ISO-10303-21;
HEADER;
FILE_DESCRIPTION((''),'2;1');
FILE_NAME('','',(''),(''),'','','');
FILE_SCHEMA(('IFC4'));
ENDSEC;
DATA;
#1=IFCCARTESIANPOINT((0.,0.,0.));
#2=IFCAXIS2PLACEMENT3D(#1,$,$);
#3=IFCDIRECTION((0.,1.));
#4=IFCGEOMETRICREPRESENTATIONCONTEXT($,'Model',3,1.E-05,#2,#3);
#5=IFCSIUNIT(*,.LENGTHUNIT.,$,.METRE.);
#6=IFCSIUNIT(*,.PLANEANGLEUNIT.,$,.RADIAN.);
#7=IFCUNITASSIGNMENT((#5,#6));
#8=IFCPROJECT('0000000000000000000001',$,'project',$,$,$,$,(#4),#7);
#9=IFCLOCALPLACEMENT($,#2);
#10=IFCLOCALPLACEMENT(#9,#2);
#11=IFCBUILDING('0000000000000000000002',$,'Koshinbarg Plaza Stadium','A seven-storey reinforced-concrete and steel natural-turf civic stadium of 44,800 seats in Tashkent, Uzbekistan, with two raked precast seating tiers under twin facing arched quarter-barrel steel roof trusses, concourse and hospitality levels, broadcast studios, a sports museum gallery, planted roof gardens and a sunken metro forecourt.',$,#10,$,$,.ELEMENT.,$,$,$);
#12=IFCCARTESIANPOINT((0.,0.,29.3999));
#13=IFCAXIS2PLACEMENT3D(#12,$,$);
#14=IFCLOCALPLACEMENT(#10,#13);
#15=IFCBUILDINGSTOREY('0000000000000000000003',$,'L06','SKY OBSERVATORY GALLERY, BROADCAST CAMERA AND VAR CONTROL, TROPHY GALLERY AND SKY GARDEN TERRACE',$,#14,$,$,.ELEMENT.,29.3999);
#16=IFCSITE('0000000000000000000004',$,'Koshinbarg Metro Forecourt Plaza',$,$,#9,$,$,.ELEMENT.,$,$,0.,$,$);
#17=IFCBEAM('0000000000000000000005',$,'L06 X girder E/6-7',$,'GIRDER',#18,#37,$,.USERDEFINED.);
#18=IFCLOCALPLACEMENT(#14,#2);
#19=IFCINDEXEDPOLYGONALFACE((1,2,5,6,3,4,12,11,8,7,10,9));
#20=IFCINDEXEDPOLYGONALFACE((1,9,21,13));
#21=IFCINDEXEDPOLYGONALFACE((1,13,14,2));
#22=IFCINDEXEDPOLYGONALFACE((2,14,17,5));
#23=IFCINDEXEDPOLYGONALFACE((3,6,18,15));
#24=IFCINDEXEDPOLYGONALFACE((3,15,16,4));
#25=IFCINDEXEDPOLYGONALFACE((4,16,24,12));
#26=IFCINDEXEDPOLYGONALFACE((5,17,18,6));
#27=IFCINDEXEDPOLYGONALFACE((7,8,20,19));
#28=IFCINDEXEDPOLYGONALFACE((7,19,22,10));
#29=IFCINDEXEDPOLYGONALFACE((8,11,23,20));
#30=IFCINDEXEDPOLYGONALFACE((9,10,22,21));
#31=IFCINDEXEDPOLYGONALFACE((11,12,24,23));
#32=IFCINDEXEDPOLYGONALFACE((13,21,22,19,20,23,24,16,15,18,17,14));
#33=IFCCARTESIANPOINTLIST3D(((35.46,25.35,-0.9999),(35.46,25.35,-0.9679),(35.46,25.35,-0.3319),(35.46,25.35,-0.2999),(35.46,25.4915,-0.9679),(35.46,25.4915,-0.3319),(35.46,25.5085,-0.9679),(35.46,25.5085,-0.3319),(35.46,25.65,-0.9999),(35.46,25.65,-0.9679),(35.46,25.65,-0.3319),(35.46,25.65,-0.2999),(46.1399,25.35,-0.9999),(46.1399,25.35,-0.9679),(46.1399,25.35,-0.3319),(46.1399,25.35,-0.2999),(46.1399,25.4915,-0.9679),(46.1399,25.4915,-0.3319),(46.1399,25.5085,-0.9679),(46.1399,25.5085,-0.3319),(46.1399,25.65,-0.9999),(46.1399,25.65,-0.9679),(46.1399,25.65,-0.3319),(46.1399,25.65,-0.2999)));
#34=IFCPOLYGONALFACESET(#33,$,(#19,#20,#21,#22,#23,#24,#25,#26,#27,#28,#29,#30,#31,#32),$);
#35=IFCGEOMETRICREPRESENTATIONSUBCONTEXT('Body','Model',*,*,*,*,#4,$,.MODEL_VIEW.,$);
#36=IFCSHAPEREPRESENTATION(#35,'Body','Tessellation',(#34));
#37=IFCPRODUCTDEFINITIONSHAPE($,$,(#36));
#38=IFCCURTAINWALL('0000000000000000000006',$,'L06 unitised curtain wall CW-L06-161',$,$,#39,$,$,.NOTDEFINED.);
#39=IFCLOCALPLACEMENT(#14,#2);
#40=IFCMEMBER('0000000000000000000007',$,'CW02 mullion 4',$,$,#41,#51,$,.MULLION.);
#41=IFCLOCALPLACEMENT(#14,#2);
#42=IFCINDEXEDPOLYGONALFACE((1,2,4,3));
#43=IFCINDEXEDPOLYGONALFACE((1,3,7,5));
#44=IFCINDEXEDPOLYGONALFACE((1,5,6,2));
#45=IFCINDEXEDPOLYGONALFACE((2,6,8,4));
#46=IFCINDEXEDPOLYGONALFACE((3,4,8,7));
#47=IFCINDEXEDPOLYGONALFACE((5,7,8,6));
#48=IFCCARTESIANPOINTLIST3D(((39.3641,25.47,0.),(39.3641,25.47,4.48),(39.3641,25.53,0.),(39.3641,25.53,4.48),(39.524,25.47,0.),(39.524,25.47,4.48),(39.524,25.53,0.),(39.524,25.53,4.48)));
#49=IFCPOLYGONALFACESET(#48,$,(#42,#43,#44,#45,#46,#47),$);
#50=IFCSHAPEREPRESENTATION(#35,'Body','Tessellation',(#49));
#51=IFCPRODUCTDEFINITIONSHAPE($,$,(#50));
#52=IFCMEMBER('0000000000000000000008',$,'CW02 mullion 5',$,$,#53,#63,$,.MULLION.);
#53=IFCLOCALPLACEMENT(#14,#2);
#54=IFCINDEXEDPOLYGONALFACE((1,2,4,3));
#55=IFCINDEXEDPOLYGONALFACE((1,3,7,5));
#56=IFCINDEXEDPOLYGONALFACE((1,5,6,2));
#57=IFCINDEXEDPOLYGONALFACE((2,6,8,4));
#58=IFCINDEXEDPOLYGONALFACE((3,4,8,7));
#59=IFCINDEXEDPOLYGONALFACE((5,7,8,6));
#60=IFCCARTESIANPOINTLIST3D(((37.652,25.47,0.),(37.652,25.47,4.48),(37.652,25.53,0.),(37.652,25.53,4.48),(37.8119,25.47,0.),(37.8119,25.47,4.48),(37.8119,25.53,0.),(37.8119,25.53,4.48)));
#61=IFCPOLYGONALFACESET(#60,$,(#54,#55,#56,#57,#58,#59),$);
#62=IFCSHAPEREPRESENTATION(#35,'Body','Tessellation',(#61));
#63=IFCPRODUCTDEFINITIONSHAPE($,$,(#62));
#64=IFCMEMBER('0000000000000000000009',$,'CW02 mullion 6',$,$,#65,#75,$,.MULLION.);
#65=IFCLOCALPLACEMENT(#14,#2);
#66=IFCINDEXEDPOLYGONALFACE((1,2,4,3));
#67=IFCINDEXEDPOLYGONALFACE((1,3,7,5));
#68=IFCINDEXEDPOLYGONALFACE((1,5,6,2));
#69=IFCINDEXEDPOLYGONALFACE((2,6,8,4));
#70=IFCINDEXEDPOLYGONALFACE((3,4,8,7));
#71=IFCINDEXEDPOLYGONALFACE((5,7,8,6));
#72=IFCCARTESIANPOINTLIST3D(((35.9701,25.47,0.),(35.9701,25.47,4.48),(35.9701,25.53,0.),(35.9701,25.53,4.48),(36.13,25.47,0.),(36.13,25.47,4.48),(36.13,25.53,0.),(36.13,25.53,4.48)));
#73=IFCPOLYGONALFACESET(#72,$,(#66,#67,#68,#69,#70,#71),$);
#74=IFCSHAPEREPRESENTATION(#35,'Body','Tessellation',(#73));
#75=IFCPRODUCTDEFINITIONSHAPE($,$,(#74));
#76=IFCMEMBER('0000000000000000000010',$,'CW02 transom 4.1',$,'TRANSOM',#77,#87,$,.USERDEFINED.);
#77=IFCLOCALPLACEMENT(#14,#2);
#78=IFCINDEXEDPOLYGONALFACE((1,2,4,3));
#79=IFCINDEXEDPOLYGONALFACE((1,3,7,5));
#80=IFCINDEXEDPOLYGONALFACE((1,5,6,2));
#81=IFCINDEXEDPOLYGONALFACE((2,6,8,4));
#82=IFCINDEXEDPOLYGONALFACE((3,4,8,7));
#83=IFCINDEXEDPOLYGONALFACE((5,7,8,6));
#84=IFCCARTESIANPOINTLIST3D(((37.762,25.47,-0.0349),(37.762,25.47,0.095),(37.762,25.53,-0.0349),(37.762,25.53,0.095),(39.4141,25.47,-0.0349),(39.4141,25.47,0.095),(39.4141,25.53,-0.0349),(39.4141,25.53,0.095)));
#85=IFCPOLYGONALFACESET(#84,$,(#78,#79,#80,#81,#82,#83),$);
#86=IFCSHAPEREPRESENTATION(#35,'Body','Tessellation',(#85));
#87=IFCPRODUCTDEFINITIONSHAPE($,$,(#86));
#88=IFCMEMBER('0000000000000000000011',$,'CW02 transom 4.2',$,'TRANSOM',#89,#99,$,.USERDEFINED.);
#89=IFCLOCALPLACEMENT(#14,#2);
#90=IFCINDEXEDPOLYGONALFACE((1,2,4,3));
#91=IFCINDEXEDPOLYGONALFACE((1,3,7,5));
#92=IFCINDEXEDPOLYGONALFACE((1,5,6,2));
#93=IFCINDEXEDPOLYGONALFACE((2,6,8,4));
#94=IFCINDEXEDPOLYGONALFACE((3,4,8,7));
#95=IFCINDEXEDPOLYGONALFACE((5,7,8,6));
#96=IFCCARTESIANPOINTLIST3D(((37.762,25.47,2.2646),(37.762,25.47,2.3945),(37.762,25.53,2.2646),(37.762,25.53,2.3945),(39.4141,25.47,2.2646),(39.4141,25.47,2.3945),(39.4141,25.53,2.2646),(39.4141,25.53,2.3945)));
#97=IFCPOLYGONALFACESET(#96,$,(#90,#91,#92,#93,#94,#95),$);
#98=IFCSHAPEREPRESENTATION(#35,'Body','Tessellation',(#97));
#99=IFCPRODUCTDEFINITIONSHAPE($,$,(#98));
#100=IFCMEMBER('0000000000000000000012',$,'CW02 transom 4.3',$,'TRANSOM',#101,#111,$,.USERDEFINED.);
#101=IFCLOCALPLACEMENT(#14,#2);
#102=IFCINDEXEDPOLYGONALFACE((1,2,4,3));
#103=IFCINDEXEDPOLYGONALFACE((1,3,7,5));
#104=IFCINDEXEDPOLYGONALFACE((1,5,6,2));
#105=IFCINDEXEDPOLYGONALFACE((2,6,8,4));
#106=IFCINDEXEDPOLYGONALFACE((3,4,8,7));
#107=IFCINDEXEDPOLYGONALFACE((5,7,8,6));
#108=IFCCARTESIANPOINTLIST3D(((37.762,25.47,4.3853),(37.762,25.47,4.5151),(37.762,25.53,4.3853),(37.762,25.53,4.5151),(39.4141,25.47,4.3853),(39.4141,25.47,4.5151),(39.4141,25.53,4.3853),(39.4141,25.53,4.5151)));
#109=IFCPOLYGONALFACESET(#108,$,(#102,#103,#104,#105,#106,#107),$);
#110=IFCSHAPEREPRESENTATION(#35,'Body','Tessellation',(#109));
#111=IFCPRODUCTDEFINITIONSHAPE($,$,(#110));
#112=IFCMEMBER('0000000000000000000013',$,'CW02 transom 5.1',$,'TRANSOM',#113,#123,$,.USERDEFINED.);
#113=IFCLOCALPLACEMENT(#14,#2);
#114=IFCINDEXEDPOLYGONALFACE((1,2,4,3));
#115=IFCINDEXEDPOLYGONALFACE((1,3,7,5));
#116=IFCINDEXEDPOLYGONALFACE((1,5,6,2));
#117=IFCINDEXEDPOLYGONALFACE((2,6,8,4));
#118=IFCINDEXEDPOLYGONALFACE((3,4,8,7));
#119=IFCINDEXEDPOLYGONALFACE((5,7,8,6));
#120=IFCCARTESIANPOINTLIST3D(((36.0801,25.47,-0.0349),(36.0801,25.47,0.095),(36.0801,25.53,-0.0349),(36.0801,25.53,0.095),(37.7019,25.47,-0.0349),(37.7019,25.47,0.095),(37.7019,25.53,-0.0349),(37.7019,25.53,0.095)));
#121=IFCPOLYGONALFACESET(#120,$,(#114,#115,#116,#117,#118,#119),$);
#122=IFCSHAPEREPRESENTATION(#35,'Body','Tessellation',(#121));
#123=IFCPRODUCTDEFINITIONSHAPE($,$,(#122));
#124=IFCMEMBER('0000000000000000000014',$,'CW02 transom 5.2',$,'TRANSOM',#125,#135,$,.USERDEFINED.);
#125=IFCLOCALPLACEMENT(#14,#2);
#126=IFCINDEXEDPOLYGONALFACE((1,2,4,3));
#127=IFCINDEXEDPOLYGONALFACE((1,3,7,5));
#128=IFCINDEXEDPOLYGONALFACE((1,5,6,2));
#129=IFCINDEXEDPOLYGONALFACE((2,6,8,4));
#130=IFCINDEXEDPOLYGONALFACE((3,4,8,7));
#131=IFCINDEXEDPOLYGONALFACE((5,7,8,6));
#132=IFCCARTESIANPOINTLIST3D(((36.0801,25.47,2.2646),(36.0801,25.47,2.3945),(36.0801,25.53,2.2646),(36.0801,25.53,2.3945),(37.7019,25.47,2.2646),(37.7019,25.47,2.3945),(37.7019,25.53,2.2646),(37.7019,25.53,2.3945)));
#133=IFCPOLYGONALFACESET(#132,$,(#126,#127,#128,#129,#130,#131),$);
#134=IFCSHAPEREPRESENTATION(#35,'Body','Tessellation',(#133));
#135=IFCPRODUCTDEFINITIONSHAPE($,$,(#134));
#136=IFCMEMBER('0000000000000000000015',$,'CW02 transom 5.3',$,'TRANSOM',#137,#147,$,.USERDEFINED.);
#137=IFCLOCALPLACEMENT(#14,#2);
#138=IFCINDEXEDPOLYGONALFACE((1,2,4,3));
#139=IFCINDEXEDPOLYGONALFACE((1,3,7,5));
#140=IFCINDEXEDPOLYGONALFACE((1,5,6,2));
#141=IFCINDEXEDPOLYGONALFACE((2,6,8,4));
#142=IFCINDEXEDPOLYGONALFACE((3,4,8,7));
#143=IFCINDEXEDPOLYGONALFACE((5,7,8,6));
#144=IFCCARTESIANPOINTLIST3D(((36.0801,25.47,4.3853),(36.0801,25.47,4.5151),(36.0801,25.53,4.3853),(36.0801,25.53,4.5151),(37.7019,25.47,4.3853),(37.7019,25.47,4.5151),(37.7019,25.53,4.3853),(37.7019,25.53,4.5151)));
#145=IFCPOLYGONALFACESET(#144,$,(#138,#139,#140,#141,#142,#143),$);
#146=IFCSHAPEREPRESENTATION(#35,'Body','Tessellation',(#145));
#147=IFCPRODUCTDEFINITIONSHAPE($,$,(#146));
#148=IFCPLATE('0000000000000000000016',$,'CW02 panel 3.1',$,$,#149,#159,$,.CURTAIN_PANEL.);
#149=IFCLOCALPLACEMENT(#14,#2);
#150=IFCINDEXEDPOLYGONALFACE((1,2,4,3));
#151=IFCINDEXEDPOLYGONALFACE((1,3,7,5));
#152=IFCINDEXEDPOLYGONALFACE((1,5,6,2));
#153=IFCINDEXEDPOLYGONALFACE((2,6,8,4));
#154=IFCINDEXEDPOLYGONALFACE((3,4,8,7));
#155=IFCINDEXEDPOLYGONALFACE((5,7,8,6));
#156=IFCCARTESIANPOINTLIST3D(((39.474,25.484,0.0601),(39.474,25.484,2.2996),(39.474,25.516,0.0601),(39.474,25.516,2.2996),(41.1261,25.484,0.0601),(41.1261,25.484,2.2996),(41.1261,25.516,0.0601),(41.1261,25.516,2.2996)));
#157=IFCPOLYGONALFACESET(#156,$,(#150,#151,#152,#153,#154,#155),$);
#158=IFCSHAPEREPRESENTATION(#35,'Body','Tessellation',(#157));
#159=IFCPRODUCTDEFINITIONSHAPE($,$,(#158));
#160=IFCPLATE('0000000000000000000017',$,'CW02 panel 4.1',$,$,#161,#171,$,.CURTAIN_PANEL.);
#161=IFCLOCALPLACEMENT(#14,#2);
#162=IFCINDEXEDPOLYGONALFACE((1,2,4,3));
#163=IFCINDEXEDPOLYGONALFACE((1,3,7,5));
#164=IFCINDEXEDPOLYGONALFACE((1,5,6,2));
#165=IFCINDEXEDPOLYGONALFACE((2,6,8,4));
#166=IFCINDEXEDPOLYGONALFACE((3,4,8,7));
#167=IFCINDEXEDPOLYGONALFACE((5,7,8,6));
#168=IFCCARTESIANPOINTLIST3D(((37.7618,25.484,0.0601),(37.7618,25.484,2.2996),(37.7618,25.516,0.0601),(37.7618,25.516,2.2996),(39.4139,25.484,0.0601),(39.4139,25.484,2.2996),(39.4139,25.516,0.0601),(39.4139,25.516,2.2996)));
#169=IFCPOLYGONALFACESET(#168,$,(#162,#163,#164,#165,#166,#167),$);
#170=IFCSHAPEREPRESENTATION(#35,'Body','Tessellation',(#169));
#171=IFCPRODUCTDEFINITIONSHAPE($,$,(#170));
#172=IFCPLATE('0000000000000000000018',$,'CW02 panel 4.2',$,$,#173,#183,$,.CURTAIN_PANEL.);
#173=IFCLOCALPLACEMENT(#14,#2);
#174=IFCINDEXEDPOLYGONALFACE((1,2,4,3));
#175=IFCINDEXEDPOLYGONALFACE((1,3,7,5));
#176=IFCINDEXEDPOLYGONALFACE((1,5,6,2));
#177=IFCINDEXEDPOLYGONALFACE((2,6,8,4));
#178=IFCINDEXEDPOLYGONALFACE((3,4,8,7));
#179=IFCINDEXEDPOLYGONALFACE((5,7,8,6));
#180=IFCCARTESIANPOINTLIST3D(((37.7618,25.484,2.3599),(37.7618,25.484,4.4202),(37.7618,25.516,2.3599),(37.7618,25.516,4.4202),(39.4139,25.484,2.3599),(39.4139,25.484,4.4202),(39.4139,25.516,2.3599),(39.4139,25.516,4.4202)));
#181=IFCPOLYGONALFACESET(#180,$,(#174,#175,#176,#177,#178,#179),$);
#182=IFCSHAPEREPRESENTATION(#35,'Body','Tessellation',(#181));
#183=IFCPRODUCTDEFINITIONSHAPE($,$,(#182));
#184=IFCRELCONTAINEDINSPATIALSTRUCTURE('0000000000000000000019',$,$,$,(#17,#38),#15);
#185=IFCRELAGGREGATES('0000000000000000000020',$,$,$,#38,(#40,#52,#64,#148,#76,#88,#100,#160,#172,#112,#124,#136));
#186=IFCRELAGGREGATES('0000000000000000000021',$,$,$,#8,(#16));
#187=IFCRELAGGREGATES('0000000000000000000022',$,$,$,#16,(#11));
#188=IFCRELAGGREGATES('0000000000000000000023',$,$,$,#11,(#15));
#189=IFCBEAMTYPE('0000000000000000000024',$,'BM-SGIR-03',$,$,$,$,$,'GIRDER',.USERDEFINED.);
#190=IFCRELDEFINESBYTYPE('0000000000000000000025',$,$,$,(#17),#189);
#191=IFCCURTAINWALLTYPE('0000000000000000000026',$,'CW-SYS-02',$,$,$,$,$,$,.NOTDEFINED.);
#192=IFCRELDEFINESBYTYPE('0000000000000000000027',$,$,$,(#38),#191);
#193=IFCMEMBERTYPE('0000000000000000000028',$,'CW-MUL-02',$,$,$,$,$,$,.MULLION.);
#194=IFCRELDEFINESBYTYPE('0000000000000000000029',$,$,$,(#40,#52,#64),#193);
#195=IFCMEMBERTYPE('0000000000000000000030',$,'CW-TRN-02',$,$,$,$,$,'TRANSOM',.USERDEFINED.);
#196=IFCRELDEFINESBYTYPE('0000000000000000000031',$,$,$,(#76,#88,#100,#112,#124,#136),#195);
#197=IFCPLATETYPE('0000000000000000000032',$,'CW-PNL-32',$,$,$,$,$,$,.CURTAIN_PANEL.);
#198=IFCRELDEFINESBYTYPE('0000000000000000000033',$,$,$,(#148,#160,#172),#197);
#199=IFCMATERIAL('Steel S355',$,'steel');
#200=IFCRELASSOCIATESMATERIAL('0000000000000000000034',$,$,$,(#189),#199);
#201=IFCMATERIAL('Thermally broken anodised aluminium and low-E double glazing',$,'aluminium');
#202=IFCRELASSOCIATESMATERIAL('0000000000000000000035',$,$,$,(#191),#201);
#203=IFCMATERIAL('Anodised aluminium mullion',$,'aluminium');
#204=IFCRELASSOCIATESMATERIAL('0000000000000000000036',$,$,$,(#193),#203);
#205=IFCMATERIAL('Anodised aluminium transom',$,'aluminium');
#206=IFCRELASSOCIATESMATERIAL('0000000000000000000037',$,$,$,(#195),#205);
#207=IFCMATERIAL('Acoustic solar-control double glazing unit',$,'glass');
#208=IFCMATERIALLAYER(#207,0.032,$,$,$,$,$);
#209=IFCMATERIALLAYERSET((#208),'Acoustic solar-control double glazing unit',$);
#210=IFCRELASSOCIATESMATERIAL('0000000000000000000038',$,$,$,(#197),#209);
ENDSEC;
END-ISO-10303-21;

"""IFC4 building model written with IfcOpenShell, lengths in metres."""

from ifc_helpers import new_model, si_unit, direction, frame, origin, origin_2d, place, context, subcontext, project, spatial, rectangle, i_section, extrude, material, layer, layer_set, material_profile, profile_set, type_object, element, aggregate, save


model = new_model("IFC4")

# Units and contexts
model_context = context("Model", 3, precision=1e-05, world=origin(), true_north=direction((0.0, 1.0)))
body_context = subcontext(model_context, "Body", "Model", "MODEL_VIEW")
ifc_project = project(units=[si_unit("LENGTHUNIT", "METRE"), si_unit("PLANEANGLEUNIT", "RADIAN")], contexts=[model_context])

# Site, building, storey
site_placement = place(None, origin())
site = spatial("IfcSite", under=ifc_project, at=site_placement, Name="Koshinbarg Metro Forecourt Plaza", CompositionType="ELEMENT", RefElevation=0.0)
building_placement = place(site_placement, origin())
building = spatial("IfcBuilding", under=site, at=building_placement, Name="Koshinbarg Plaza Stadium", Description="A seven-storey reinforced-concrete and steel natural-turf civic stadium of 44,800 seats in Tashkent, Uzbekistan, with two raked precast seating tiers under twin facing arched quarter-barrel steel roof trusses, concourse and hospitality levels, broadcast studios, a sports museum gallery, planted roof gardens and a sunken metro forecourt.", CompositionType="ELEMENT")
storey_placement = place(building_placement, frame((0.0, 0.0, 29.3999)))
storey = spatial("IfcBuildingStorey", under=building, at=storey_placement, Name="L06", Description="SKY OBSERVATORY GALLERY, BROADCAST CAMERA AND VAR CONTROL, TROPHY GALLERY AND SKY GARDEN TERRACE", CompositionType="ELEMENT", Elevation=29.3999)

# Beam
ifc_material_1 = material(Name="Steel S355", Category="steel")
ifc_material_profile_1 = material_profile(ifc_material_1, i_section(OverallWidth=0.3, OverallDepth=0.7, WebThickness=0.0171, FlangeThickness=0.032, at=origin_2d()), Name="HEB 700")
ifc_profile_set_1 = profile_set([ifc_material_profile_1], Name="Steel S355")
beam_type = type_object("IfcBeamType", Name="BM-SGIR-03", ElementType="GIRDER", PredefinedType="USERDEFINED", material=ifc_profile_set_1)
beam_placement = place(storey_placement, frame((35.46, 25.5, -0.6499), z_axis=(1.0, 0.0, 0.0), x_axis=(0.0, 1.0, 0.0)))
element("IfcBeam", 1, at=beam_placement, inside=storey, type_object=beam_type, Name="L06 X girder E/6-7", ObjectType="GIRDER", PredefinedType="USERDEFINED", context=body_context, shape_type="SweptSolid", body=[
    extrude(i_section(OverallWidth=0.3, OverallDepth=0.7, WebThickness=0.0171, FlangeThickness=0.032, at=origin_2d()), origin(), (0.0, 0.0, 1.0), 10.6799),
])

# Curtain wall, members, plates
ifc_material_2 = material(Name="Thermally broken anodised aluminium and low-E double glazing", Category="aluminium")
curtain_wall_type = type_object("IfcCurtainWallType", Name="CW-SYS-02", PredefinedType="NOTDEFINED", material=ifc_material_2)
curtain_wall_placement = place(storey_placement, origin())
curtain_wall = element("IfcCurtainWall", 2, at=curtain_wall_placement, inside=storey, type_object=curtain_wall_type, Name="L06 unitised curtain wall CW-L06-161", PredefinedType="NOTDEFINED")
ifc_material_3 = material(Name="Anodised aluminium mullion", Category="aluminium")
ifc_material_profile_2 = material_profile(ifc_material_3, rectangle(XDim=0.0601, YDim=0.1599, at=origin_2d()), Name="ALU 60x160")
ifc_profile_set_2 = profile_set([ifc_material_profile_2], Name="Anodised aluminium mullion")
member_type_1 = type_object("IfcMemberType", Name="CW-MUL-02", PredefinedType="MULLION", material=ifc_profile_set_2)
member_1_placement = place(storey_placement, frame((39.4441, 25.5, 0.0), z_axis=(0.0, 0.0, 1.0), x_axis=(0.0, -1.0, 0.0)))
member_1 = element("IfcMember", 3, at=member_1_placement, type_object=member_type_1, Name="CW02 mullion 4", PredefinedType="MULLION", context=body_context, shape_type="SweptSolid", body=[
    extrude(rectangle(XDim=0.0601, YDim=0.1599, at=origin_2d()), origin(), (0.0, 0.0, 1.0), 4.48),
])
member_2_placement = place(storey_placement, frame((37.7319, 25.5, 0.0), z_axis=(0.0, 0.0, 1.0), x_axis=(0.0, -1.0, 0.0)))
member_2 = element("IfcMember", 4, at=member_2_placement, type_object=member_type_1, Name="CW02 mullion 5", PredefinedType="MULLION", context=body_context, shape_type="SweptSolid", body=[
    extrude(rectangle(XDim=0.0601, YDim=0.1599, at=origin_2d()), origin(), (0.0, 0.0, 1.0), 4.48),
])
member_3_placement = place(storey_placement, frame((36.05, 25.5, 0.0), z_axis=(0.0, 0.0, 1.0), x_axis=(0.0, -1.0, 0.0)))
member_3 = element("IfcMember", 5, at=member_3_placement, type_object=member_type_1, Name="CW02 mullion 6", PredefinedType="MULLION", context=body_context, shape_type="SweptSolid", body=[
    extrude(rectangle(XDim=0.0601, YDim=0.1599, at=origin_2d()), origin(), (0.0, 0.0, 1.0), 4.48),
])
ifc_material_4 = material(Name="Anodised aluminium transom", Category="aluminium")
ifc_material_profile_3 = material_profile(ifc_material_4, rectangle(XDim=0.0601, YDim=0.1299, at=origin_2d()), Name="ALU 60x130")
ifc_profile_set_3 = profile_set([ifc_material_profile_3], Name="Anodised aluminium transom")
member_type_2 = type_object("IfcMemberType", Name="CW-TRN-02", ElementType="TRANSOM", PredefinedType="USERDEFINED", material=ifc_profile_set_3)
member_4_placement = place(storey_placement, frame((39.4141, 25.5, 0.03), z_axis=(-1.0, 0.0, 0.0), x_axis=(0.0, -1.0, 0.0)))
member_4 = element("IfcMember", 6, at=member_4_placement, type_object=member_type_2, Name="CW02 transom 4.1", ObjectType="TRANSOM", PredefinedType="USERDEFINED", context=body_context, shape_type="SweptSolid", body=[
    extrude(rectangle(XDim=0.0601, YDim=0.1299, at=origin_2d()), origin(), (0.0, 0.0, 1.0), 1.6521),
])
member_5_placement = place(storey_placement, frame((39.4141, 25.5, 2.3296), z_axis=(-1.0, 0.0, 0.0), x_axis=(0.0, -1.0, 0.0)))
member_5 = element("IfcMember", 7, at=member_5_placement, type_object=member_type_2, Name="CW02 transom 4.2", ObjectType="TRANSOM", PredefinedType="USERDEFINED", context=body_context, shape_type="SweptSolid", body=[
    extrude(rectangle(XDim=0.0601, YDim=0.1299, at=origin_2d()), origin(), (0.0, 0.0, 1.0), 1.6521),
])
member_6_placement = place(storey_placement, frame((39.4141, 25.5, 4.4502), z_axis=(-1.0, 0.0, 0.0), x_axis=(0.0, -1.0, 0.0)))
member_6 = element("IfcMember", 8, at=member_6_placement, type_object=member_type_2, Name="CW02 transom 4.3", ObjectType="TRANSOM", PredefinedType="USERDEFINED", context=body_context, shape_type="SweptSolid", body=[
    extrude(rectangle(XDim=0.0601, YDim=0.1299, at=origin_2d()), origin(), (0.0, 0.0, 1.0), 1.6521),
])
member_7_placement = place(storey_placement, frame((37.7019, 25.5, 0.03), z_axis=(-1.0, 0.0, 0.0), x_axis=(0.0, -1.0, 0.0)))
member_7 = element("IfcMember", 9, at=member_7_placement, type_object=member_type_2, Name="CW02 transom 5.1", ObjectType="TRANSOM", PredefinedType="USERDEFINED", context=body_context, shape_type="SweptSolid", body=[
    extrude(rectangle(XDim=0.0601, YDim=0.1299, at=origin_2d()), origin(), (0.0, 0.0, 1.0), 1.6218),
])
member_8_placement = place(storey_placement, frame((37.7019, 25.5, 2.3296), z_axis=(-1.0, 0.0, 0.0), x_axis=(0.0, -1.0, 0.0)))
member_8 = element("IfcMember", 10, at=member_8_placement, type_object=member_type_2, Name="CW02 transom 5.2", ObjectType="TRANSOM", PredefinedType="USERDEFINED", context=body_context, shape_type="SweptSolid", body=[
    extrude(rectangle(XDim=0.0601, YDim=0.1299, at=origin_2d()), origin(), (0.0, 0.0, 1.0), 1.6218),
])
member_9_placement = place(storey_placement, frame((37.7019, 25.5, 4.4502), z_axis=(-1.0, 0.0, 0.0), x_axis=(0.0, -1.0, 0.0)))
member_9 = element("IfcMember", 11, at=member_9_placement, type_object=member_type_2, Name="CW02 transom 5.3", ObjectType="TRANSOM", PredefinedType="USERDEFINED", context=body_context, shape_type="SweptSolid", body=[
    extrude(rectangle(XDim=0.0601, YDim=0.1299, at=origin_2d()), origin(), (0.0, 0.0, 1.0), 1.6218),
])
ifc_material_5 = material(Name="Acoustic solar-control double glazing unit", Category="glass")
ifc_layer_1 = layer(ifc_material_5, 0.032)
ifc_layer_set_1 = layer_set([ifc_layer_1], Name="Acoustic solar-control double glazing unit")
plate_type = type_object("IfcPlateType", Name="CW-PNL-32", PredefinedType="CURTAIN_PANEL", material=ifc_layer_set_1)
plate_1_placement = place(storey_placement, frame((40.3, 25.5, 0.0601), z_axis=(0.0, 0.0, 1.0), x_axis=(-1.0, 0.0, 0.0)))
plate_1 = element("IfcPlate", 12, at=plate_1_placement, type_object=plate_type, Name="CW02 panel 3.1", PredefinedType="CURTAIN_PANEL", context=body_context, shape_type="SweptSolid", body=[
    extrude(rectangle(XDim=1.6521, YDim=0.032, at=origin_2d()), origin(), (0.0, 0.0, 1.0), 2.2395),
])
plate_2_placement = place(storey_placement, frame((38.5879, 25.5, 0.0601), z_axis=(0.0, 0.0, 1.0), x_axis=(-1.0, 0.0, 0.0)))
plate_2 = element("IfcPlate", 13, at=plate_2_placement, type_object=plate_type, Name="CW02 panel 4.1", PredefinedType="CURTAIN_PANEL", context=body_context, shape_type="SweptSolid", body=[
    extrude(rectangle(XDim=1.6521, YDim=0.032, at=origin_2d()), origin(), (0.0, 0.0, 1.0), 2.2395),
])
plate_3_placement = place(storey_placement, frame((38.5879, 25.5, 2.3599), z_axis=(0.0, 0.0, 1.0), x_axis=(-1.0, 0.0, 0.0)))
plate_3 = element("IfcPlate", 14, at=plate_3_placement, type_object=plate_type, Name="CW02 panel 4.2", PredefinedType="CURTAIN_PANEL", context=body_context, shape_type="SweptSolid", body=[
    extrude(rectangle(XDim=1.6521, YDim=0.032, at=origin_2d()), origin(), (0.0, 0.0, 1.0), 2.0603),
])
aggregate(curtain_wall, [member_1, member_2, member_3, plate_1, member_4, member_5, member_6, plate_2, plate_3, member_7, member_8, member_9])

save(model, "model.ifc")
